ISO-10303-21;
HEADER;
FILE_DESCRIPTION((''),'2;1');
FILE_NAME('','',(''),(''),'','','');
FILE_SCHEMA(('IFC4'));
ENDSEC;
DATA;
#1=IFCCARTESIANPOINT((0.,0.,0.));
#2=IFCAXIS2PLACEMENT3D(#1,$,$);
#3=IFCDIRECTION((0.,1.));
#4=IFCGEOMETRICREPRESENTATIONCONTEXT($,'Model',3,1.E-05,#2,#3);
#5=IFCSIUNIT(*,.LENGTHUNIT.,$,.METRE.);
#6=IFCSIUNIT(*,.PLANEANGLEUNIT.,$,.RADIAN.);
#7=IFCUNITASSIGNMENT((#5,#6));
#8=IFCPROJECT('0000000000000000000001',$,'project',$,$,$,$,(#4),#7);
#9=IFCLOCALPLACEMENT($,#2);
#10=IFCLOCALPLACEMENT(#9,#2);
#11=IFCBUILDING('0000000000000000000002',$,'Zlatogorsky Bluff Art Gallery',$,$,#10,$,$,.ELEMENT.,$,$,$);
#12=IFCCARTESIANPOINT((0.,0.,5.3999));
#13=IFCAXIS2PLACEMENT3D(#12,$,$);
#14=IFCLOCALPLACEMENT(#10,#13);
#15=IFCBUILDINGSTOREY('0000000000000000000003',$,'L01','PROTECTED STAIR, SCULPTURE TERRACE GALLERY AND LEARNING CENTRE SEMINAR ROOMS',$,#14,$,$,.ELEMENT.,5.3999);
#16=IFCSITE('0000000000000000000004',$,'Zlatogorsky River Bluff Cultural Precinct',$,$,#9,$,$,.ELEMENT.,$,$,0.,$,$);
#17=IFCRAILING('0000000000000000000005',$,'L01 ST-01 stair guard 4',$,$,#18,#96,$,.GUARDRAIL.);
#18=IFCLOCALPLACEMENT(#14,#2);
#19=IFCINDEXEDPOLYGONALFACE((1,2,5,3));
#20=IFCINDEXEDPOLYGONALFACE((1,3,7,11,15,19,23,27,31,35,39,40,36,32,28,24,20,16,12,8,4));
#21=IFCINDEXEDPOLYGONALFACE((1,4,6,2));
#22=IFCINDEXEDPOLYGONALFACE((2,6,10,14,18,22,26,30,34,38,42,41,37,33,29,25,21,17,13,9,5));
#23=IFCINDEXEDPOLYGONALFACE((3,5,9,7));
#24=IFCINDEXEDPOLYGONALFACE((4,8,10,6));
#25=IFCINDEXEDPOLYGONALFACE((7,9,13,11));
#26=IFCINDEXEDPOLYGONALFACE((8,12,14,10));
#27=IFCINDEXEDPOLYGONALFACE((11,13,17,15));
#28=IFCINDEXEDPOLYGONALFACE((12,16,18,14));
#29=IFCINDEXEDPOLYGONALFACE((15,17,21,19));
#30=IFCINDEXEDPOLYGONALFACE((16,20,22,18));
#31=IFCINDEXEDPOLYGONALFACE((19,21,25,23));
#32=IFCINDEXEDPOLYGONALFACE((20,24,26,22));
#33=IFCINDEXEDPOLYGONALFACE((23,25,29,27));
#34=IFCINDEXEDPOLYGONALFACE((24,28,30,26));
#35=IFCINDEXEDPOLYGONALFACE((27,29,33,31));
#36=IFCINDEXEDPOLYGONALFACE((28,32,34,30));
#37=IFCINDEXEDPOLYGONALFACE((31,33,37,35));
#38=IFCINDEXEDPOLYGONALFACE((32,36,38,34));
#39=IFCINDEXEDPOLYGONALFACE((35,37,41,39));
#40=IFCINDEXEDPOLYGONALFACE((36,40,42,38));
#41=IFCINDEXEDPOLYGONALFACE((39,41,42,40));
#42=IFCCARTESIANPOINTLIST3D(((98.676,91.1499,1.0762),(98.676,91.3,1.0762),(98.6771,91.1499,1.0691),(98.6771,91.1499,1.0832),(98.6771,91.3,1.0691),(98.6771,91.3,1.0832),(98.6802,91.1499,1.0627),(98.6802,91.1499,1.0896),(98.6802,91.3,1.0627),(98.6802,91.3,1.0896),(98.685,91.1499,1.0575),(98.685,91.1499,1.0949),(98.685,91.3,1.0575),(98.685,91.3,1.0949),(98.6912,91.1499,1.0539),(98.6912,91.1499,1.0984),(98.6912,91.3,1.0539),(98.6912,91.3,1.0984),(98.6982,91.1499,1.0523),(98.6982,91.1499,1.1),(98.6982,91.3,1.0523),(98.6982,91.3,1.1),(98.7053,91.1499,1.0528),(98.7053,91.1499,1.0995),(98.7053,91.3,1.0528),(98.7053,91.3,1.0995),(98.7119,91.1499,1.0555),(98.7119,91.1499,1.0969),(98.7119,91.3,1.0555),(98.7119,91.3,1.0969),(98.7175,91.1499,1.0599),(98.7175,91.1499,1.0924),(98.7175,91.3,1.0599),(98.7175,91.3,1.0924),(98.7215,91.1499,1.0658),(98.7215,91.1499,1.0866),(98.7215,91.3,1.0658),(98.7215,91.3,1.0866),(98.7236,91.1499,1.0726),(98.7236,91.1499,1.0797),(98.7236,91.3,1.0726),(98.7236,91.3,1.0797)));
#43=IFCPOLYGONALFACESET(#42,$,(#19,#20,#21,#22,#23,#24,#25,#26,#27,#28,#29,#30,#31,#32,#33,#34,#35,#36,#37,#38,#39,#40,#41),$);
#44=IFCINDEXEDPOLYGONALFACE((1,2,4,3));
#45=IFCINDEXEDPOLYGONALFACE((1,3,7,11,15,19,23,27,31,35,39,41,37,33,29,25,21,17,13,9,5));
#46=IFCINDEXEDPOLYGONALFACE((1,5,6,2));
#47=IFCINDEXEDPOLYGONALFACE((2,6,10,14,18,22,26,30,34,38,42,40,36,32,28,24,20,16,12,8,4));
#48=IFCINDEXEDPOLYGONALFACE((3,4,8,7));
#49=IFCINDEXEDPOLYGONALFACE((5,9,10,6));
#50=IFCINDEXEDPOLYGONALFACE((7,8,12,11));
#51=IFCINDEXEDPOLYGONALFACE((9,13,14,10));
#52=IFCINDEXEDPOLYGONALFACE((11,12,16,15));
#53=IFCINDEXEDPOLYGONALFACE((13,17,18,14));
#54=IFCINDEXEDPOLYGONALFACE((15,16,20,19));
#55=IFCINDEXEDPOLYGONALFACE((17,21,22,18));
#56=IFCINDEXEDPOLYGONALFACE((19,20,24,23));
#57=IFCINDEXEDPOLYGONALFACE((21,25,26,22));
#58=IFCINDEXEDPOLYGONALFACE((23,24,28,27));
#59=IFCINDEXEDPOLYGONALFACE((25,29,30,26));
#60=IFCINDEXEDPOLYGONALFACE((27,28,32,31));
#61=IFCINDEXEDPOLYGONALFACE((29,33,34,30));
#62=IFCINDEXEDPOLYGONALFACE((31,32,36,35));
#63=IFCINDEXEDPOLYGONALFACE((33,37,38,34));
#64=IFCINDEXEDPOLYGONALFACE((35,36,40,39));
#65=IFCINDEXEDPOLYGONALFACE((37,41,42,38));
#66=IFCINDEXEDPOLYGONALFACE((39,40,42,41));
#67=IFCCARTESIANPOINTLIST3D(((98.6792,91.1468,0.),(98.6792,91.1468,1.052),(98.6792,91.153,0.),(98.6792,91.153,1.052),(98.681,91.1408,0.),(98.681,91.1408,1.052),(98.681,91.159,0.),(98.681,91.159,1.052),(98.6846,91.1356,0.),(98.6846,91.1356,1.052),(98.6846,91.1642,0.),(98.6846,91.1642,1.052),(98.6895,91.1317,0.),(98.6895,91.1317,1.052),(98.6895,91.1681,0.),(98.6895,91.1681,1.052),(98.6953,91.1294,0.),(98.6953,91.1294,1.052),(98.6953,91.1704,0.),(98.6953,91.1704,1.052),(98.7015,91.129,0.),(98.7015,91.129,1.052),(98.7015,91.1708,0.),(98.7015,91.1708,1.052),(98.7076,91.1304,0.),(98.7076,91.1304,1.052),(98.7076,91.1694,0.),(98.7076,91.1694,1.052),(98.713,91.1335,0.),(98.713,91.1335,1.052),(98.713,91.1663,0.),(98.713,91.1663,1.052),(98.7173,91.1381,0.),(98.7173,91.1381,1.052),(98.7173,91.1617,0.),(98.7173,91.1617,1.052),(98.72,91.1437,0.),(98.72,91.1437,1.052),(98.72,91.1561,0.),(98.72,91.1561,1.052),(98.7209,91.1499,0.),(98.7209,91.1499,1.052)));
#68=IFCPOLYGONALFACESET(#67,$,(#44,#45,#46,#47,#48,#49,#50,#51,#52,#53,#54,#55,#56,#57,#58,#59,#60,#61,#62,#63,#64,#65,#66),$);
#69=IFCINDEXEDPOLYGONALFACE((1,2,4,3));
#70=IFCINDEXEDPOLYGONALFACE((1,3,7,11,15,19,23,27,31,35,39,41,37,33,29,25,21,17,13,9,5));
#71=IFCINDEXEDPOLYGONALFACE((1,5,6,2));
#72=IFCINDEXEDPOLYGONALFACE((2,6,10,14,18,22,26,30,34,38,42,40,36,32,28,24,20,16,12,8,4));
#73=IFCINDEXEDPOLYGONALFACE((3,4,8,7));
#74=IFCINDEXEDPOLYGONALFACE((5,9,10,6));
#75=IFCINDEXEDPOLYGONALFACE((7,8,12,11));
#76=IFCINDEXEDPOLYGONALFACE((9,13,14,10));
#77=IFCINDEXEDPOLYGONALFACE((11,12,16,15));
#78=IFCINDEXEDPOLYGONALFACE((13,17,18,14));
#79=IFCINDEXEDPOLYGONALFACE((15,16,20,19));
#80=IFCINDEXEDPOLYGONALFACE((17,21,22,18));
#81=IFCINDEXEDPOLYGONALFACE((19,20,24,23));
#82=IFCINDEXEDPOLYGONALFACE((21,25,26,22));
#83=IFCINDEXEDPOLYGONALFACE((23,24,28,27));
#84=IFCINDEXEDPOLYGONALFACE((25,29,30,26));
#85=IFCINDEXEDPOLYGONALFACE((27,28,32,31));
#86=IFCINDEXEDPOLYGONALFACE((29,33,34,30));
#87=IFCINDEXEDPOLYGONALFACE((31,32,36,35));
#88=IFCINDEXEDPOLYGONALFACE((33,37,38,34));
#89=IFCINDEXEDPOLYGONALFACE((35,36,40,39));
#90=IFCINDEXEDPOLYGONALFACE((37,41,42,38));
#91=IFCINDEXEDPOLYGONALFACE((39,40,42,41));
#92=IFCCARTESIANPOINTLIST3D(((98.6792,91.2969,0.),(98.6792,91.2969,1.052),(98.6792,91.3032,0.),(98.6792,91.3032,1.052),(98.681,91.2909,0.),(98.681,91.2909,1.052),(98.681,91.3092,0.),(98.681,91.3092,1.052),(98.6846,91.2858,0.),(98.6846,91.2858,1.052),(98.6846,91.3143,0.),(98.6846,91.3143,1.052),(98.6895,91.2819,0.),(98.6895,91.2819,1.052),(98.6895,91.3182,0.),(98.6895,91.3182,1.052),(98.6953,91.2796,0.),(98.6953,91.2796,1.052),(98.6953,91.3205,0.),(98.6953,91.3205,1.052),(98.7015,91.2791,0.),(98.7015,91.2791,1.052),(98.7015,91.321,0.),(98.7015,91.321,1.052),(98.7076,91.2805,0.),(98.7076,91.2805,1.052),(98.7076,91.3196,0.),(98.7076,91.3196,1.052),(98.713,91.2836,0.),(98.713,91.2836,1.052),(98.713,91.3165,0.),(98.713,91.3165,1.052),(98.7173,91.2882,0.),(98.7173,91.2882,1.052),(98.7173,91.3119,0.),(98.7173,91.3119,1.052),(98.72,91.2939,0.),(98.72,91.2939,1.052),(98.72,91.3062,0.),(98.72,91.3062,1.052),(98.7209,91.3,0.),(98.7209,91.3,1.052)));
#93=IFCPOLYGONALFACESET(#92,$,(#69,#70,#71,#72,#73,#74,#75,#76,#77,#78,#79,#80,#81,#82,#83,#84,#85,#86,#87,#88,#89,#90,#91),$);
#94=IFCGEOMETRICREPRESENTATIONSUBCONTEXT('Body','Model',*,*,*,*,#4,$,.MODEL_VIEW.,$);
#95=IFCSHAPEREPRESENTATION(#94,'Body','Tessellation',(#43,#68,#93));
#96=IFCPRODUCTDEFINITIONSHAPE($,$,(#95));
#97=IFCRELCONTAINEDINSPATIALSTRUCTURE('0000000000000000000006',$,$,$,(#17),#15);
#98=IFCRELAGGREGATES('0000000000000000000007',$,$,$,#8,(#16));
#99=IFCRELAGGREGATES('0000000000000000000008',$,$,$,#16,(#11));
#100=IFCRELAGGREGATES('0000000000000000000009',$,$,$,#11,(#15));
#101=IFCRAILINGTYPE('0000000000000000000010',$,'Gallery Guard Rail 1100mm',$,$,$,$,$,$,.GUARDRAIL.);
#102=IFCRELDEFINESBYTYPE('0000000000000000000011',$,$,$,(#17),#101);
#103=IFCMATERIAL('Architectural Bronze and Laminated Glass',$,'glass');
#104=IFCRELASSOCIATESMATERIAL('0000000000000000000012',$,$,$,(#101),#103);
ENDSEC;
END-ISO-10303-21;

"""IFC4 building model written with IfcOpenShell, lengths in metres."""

from ifc_helpers import new_model, si_unit, direction, frame, origin, origin_2d, place, context, subcontext, project, spatial, circle, extrude, material, type_object, element, save


model = new_model("IFC4")

# Units and contexts
model_context = context("Model", 3, precision=1e-05, world=origin(), true_north=direction((0.0, 1.0)))
body_context = subcontext(model_context, "Body", "Model", "MODEL_VIEW")
ifc_project = project(units=[si_unit("LENGTHUNIT", "METRE"), si_unit("PLANEANGLEUNIT", "RADIAN")], contexts=[model_context])

# Site, building, storey
site_placement = place(None, origin())
site = spatial("IfcSite", under=ifc_project, at=site_placement, Name="Zlatogorsky River Bluff Cultural Precinct", CompositionType="ELEMENT", RefElevation=0.0)
building_placement = place(site_placement, origin())
building = spatial("IfcBuilding", under=site, at=building_placement, Name="Zlatogorsky Bluff Art Gallery", CompositionType="ELEMENT")
storey_placement = place(building_placement, frame((0.0, 0.0, 5.3999)))
storey = spatial("IfcBuildingStorey", under=building, at=storey_placement, Name="L01", Description="PROTECTED STAIR, SCULPTURE TERRACE GALLERY AND LEARNING CENTRE SEMINAR ROOMS", CompositionType="ELEMENT", Elevation=5.3999)

# Railing
ifc_material_1 = material(Name="Architectural Bronze and Laminated Glass", Category="glass")
railing_type_1 = type_object("IfcRailingType", Name="Gallery Guard Rail 1100mm", PredefinedType="GUARDRAIL", material=ifc_material_1)
railing_1_placement = place(storey_placement, frame((98.7, 91.1499, 0.0)))
element("IfcRailing", 1, at=railing_1_placement, inside=storey, type_object=railing_type_1, Name="L01 ST-01 stair guard 4", PredefinedType="GUARDRAIL", context=body_context, shape_type="SweptSolid", body=[
    extrude(circle(Radius=0.0239, at=origin_2d()), frame((0.0, 0.0, 1.0762), z_axis=(0.0, 1.0, 0.0), x_axis=(-1.0, 0.0, 0.0)), (0.0, 0.0, 1.0), 0.1501),
    extrude(circle(Radius=0.021, at=origin_2d()), origin(), (0.0, 0.0, 1.0), 1.052),
    extrude(circle(Radius=0.021, at=origin_2d()), frame((0.0, 0.1501, 0.0)), (0.0, 0.0, 1.0), 1.052),
])

save(model, "model.ifc")
